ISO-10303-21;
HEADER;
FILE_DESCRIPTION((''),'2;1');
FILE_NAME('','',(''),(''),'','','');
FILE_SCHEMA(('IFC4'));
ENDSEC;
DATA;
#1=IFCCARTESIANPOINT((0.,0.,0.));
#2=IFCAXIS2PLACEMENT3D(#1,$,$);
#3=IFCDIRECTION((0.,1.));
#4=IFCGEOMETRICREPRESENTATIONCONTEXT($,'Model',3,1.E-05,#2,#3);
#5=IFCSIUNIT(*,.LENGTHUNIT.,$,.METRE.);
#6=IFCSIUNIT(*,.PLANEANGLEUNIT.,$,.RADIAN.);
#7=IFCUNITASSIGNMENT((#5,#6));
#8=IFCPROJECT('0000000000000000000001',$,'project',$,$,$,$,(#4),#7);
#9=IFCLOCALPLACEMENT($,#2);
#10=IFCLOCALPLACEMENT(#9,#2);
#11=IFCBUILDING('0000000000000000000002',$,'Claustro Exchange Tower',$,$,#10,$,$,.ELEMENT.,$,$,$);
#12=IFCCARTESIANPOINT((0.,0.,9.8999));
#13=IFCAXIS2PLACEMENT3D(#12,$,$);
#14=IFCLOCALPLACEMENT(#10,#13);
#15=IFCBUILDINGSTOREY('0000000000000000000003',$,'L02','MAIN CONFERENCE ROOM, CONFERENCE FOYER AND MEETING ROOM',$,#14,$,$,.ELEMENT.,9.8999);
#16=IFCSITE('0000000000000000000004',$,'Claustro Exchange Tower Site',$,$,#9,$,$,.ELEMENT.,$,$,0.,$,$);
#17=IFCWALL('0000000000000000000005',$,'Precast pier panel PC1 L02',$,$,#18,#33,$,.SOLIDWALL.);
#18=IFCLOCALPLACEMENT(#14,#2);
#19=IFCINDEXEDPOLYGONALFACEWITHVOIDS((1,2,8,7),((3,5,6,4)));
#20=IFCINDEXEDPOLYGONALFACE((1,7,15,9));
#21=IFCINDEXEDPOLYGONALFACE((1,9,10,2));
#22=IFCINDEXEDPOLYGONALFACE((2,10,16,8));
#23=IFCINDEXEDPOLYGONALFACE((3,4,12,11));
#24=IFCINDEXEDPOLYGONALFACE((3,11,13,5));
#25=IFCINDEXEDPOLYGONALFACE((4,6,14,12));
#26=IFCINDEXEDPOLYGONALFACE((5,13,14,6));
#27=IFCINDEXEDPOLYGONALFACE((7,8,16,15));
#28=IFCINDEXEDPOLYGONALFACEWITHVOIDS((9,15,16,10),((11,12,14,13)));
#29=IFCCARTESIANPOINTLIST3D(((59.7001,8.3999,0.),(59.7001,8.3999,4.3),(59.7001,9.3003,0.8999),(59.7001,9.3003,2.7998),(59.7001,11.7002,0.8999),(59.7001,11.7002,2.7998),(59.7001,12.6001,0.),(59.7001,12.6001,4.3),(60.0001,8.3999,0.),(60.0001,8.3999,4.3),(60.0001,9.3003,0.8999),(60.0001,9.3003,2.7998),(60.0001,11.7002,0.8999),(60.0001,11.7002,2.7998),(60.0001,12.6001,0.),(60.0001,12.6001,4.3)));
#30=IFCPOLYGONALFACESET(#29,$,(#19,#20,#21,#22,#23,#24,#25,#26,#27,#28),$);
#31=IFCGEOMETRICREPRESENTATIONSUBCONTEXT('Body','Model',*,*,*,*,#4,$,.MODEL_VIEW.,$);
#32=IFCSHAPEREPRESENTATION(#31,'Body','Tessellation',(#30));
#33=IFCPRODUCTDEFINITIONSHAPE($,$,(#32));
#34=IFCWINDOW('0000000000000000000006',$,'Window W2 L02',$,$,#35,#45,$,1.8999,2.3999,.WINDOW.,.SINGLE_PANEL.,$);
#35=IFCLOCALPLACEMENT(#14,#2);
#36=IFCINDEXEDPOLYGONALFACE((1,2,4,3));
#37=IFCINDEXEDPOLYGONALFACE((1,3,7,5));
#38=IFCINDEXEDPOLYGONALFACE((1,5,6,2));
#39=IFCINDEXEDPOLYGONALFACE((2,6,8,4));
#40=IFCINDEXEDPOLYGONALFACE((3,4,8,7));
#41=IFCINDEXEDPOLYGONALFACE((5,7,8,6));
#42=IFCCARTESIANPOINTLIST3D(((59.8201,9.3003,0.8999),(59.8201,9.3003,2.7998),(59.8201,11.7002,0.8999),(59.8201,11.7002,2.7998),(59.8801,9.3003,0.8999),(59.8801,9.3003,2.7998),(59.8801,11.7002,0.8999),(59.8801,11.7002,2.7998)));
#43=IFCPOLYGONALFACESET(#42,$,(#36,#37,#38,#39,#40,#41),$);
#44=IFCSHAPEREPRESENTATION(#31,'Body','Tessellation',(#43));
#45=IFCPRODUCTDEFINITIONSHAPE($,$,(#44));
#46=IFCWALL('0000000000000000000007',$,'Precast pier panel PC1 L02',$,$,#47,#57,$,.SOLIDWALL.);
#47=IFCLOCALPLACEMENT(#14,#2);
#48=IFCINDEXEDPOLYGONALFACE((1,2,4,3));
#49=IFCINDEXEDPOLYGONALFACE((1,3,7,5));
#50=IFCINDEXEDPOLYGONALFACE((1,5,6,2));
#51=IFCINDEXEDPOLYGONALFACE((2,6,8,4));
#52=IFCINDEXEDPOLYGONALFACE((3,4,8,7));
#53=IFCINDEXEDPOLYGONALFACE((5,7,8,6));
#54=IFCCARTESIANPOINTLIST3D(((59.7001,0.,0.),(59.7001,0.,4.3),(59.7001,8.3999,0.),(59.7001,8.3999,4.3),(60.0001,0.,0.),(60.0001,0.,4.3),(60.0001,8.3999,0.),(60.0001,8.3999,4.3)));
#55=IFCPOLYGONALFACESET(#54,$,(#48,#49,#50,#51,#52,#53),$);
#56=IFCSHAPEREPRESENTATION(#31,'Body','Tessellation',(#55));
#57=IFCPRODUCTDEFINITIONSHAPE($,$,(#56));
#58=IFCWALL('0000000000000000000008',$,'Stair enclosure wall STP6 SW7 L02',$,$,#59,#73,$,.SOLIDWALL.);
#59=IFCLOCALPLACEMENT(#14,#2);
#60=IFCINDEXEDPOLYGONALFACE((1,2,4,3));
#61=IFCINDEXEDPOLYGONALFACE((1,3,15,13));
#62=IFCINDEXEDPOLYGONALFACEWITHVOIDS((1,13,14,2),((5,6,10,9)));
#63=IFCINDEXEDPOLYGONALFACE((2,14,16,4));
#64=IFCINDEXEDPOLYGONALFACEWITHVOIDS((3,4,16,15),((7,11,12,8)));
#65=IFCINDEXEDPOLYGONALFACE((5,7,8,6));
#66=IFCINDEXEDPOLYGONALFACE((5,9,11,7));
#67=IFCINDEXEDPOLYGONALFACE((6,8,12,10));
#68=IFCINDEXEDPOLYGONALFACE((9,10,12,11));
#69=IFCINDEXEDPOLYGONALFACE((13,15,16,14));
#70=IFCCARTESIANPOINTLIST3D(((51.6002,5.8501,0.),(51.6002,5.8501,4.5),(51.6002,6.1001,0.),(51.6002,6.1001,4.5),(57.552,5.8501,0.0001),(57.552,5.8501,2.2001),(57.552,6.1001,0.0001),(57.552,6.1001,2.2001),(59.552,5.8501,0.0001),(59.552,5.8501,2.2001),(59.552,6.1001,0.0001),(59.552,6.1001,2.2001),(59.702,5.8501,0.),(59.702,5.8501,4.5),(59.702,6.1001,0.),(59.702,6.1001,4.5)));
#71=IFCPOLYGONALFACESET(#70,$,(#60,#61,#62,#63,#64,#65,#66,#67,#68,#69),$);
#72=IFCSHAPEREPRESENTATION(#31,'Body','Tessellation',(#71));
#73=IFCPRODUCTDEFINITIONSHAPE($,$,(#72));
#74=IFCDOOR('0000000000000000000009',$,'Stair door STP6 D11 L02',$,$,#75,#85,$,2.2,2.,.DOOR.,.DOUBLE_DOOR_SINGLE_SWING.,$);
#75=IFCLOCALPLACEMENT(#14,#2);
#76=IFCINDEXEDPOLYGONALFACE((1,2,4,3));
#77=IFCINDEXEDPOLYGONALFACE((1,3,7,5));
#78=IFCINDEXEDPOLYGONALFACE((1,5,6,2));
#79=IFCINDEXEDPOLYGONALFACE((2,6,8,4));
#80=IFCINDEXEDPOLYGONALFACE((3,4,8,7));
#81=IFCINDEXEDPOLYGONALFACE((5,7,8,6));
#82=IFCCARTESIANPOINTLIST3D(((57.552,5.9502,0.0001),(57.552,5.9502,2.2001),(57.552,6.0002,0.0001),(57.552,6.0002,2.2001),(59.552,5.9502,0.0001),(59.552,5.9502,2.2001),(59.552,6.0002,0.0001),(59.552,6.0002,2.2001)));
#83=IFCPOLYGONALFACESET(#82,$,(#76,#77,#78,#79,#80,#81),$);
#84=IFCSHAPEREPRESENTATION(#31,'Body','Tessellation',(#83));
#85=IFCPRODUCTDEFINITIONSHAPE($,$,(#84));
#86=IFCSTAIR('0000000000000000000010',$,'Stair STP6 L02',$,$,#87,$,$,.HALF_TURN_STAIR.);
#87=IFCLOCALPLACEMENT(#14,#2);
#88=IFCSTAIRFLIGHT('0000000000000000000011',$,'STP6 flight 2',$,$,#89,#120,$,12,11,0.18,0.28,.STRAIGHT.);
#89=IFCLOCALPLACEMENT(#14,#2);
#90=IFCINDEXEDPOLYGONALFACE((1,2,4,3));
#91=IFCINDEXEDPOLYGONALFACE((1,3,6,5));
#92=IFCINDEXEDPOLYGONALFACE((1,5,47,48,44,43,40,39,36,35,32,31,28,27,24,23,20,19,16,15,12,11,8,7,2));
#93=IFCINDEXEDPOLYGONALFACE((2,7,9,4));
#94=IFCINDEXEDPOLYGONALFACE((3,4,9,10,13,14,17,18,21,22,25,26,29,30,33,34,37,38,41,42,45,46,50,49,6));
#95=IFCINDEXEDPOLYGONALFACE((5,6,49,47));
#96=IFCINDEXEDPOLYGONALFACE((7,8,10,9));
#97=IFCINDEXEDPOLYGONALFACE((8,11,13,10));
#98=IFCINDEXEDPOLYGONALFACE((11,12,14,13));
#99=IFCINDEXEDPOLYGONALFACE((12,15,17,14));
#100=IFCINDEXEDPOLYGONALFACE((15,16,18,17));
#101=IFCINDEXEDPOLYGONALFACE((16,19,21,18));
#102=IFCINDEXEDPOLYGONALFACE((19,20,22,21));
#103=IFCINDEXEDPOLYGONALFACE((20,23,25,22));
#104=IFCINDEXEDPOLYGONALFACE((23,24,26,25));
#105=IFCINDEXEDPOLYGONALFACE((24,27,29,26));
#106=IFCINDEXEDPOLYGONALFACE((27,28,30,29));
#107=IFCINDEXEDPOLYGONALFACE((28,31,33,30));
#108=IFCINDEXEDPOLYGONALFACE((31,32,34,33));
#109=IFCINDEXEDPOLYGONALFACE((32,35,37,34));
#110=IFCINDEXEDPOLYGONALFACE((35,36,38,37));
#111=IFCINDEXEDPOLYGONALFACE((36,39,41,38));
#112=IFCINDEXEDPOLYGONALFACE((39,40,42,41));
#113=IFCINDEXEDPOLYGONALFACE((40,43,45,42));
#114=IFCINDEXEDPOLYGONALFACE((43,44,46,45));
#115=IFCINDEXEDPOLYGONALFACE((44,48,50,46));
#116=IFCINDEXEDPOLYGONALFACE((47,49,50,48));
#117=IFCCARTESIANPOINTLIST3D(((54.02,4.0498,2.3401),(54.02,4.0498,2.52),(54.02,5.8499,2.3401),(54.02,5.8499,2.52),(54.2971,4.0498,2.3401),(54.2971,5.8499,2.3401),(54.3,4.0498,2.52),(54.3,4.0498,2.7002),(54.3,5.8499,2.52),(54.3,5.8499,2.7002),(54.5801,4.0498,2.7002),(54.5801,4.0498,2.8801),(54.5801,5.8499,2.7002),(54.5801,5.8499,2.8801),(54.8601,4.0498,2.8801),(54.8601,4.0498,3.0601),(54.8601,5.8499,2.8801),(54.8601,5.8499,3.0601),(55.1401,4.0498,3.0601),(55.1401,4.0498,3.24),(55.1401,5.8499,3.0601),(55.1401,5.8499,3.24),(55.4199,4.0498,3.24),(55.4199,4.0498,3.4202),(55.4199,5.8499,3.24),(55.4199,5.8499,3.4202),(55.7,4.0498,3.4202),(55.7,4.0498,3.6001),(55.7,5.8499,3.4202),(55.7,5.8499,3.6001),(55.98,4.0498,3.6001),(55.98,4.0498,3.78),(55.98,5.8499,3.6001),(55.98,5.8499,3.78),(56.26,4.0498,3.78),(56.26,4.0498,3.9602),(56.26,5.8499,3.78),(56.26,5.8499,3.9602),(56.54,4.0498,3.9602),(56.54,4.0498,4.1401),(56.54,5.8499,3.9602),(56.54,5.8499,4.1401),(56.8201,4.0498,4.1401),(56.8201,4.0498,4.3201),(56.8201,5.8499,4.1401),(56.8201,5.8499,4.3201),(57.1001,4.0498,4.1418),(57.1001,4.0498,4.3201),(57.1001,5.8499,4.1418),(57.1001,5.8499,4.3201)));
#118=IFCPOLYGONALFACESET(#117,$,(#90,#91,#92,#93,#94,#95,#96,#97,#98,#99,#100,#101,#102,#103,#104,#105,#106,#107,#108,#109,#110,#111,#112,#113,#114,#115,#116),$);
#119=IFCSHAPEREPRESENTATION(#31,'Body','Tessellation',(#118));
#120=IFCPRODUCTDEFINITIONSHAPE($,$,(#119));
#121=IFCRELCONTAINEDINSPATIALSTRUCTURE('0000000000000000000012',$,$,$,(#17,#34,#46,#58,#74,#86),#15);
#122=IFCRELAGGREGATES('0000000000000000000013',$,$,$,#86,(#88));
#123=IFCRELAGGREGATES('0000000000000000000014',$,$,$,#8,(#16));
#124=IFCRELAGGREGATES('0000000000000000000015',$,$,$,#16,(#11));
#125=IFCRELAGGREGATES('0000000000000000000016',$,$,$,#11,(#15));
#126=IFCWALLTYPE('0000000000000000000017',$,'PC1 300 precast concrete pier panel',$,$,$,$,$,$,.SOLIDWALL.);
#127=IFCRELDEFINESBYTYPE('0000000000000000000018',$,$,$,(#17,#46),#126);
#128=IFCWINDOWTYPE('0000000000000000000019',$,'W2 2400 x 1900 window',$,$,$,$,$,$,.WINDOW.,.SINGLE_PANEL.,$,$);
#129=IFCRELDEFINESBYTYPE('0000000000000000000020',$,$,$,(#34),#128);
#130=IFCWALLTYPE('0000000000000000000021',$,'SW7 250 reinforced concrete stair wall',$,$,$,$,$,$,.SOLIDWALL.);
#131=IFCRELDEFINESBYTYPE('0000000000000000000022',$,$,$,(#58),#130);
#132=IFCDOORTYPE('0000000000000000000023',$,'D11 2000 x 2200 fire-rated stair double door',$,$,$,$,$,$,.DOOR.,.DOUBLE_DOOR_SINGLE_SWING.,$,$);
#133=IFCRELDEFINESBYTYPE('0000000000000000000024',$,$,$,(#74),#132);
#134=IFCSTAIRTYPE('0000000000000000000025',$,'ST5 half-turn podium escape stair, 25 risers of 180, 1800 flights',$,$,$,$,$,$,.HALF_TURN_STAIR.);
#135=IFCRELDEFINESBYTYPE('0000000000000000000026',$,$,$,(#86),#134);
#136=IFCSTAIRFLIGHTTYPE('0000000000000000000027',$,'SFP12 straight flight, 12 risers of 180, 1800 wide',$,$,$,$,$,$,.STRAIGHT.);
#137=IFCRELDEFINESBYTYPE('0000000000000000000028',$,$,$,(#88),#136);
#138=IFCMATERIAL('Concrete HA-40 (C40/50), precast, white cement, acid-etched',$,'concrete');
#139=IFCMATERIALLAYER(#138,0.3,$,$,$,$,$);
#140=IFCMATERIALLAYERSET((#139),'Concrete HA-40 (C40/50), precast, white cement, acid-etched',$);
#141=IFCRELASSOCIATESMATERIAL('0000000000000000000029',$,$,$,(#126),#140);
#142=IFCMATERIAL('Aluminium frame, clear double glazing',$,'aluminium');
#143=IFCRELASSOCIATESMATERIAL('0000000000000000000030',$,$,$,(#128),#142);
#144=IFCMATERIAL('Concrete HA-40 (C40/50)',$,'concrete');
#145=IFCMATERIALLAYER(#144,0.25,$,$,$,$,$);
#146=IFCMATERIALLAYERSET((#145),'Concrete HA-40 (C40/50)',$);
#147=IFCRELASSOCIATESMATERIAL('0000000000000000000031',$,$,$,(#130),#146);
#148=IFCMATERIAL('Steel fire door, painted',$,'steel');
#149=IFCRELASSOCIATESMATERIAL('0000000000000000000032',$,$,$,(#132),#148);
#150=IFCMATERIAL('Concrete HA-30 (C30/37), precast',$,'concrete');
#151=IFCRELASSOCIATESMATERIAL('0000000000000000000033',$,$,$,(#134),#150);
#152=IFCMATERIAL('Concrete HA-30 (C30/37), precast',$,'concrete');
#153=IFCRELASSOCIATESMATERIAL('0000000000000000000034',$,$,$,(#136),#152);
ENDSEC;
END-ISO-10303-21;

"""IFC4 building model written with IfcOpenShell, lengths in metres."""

from ifc_helpers import new_model, si_unit, direction, frame, frame_2d, origin, place, context, subcontext, project, spatial, polyline, rectangle, outline, extrude, material, layer, layer_set, type_object, element, fill, aggregate, save


model = new_model("IFC4")

# Units and contexts
model_context = context("Model", 3, precision=1e-05, world=origin(), true_north=direction((0.0, 1.0)))
body_context = subcontext(model_context, "Body", "Model", "MODEL_VIEW")
ifc_project = project(units=[si_unit("LENGTHUNIT", "METRE"), si_unit("PLANEANGLEUNIT", "RADIAN")], contexts=[model_context])

# Site, building, storey
site_placement = place(None, origin())
site = spatial("IfcSite", under=ifc_project, at=site_placement, Name="Claustro Exchange Tower Site", CompositionType="ELEMENT", RefElevation=0.0)
building_placement = place(site_placement, origin())
building = spatial("IfcBuilding", under=site, at=building_placement, Name="Claustro Exchange Tower", CompositionType="ELEMENT")
storey_placement = place(building_placement, frame((0.0, 0.0, 9.8999)))
storey = spatial("IfcBuildingStorey", under=building, at=storey_placement, Name="L02", Description="MAIN CONFERENCE ROOM, CONFERENCE FOYER AND MEETING ROOM", CompositionType="ELEMENT", Elevation=9.8999)

# Wall, opening, window
ifc_material_1 = material(Name="Concrete HA-40 (C40/50), precast, white cement, acid-etched", Category="concrete")
ifc_layer_1 = layer(ifc_material_1, 0.3)
ifc_layer_set_1 = layer_set([ifc_layer_1], Name="Concrete HA-40 (C40/50), precast, white cement, acid-etched")
wall_type_1 = type_object("IfcWallType", Name="PC1 300 precast concrete pier panel", PredefinedType="SOLIDWALL", material=ifc_layer_set_1)
wall_1_placement = place(storey_placement, frame((59.8501, 12.6001, 0.0), z_axis=(0.0, 0.0, 1.0), x_axis=(0.0, -1.0, 0.0)))
wall_1 = element("IfcWall", 1, at=wall_1_placement, inside=storey, type_object=wall_type_1, Name="Precast pier panel PC1 L02", PredefinedType="SOLIDWALL", context=body_context, shape_type="SweptSolid", body=[
    extrude(rectangle(XDim=4.2002, YDim=0.3, at=frame_2d((2.1001, 0.0))), origin(), (0.0, 0.0, 1.0), 4.3),
])
opening_1_placement = place(wall_1_placement, frame((0.8999, 0.0, 0.8999)))
opening_1 = element("IfcOpeningElement", 2, at=opening_1_placement, cuts=wall_1, PredefinedType="OPENING", context=body_context, shape_type="SweptSolid", body=[
    extrude(rectangle(XDim=2.3999, YDim=1.8999, at=frame_2d((1.2, 0.95))), frame((0.0, 0.1599, 0.0), z_axis=(0.0, -1.0, 0.0), x_axis=(1.0, 0.0, 0.0)), (0.0, 0.0, 1.0), 0.3201),
])
ifc_material_2 = material(Name="Aluminium frame, clear double glazing", Category="aluminium")
window_type = type_object("IfcWindowType", Name="W2 2400 x 1900 window", PartitioningType="SINGLE_PANEL", PredefinedType="WINDOW", material=ifc_material_2)
window_placement = place(opening_1_placement, origin())
window = element("IfcWindow", 3, at=window_placement, inside=storey, type_object=window_type, Name="Window W2 L02", OverallHeight=1.8999, OverallWidth=2.3999, PartitioningType="SINGLE_PANEL", PredefinedType="WINDOW", context=body_context, shape_type="SweptSolid", body=[
    extrude(rectangle(XDim=2.3999, YDim=1.8999, at=frame_2d((1.2, 0.95))), frame((0.0, 0.03, 0.0), z_axis=(0.0, -1.0, 0.0), x_axis=(1.0, 0.0, 0.0)), (0.0, 0.0, 1.0), 0.0601),
])
fill(opening_1, window)

# Wall
wall_2_placement = place(storey_placement, frame((59.8501, 8.3999, 0.0), z_axis=(0.0, 0.0, 1.0), x_axis=(0.0, -1.0, 0.0)))
element("IfcWall", 4, at=wall_2_placement, inside=storey, type_object=wall_type_1, Name="Precast pier panel PC1 L02", PredefinedType="SOLIDWALL", context=body_context, shape_type="SweptSolid", body=[
    extrude(rectangle(XDim=8.3999, YDim=0.3, at=frame_2d((4.2, 0.0))), origin(), (0.0, 0.0, 1.0), 4.3),
])

# Wall, opening, door
ifc_material_3 = material(Name="Concrete HA-40 (C40/50)", Category="concrete")
ifc_layer_2 = layer(ifc_material_3, 0.25)
ifc_layer_set_2 = layer_set([ifc_layer_2], Name="Concrete HA-40 (C40/50)")
wall_type_2 = type_object("IfcWallType", Name="SW7 250 reinforced concrete stair wall", PredefinedType="SOLIDWALL", material=ifc_layer_set_2)
wall_3_placement = place(storey_placement, frame((59.7019, 5.9751, 0.0), z_axis=(0.0, 0.0, 1.0), x_axis=(-1.0, 0.0, 0.0)))
wall_3 = element("IfcWall", 5, at=wall_3_placement, inside=storey, type_object=wall_type_2, Name="Stair enclosure wall STP6 SW7 L02", PredefinedType="SOLIDWALL", context=body_context, shape_type="SweptSolid", body=[
    extrude(rectangle(XDim=8.1018, YDim=0.25, at=frame_2d((4.0508, 0.0))), origin(), (0.0, 0.0, 1.0), 4.5),
])
opening_2_placement = place(wall_3_placement, frame((0.1499, 0.0, 0.0)))
opening_2 = element("IfcOpeningElement", 6, at=opening_2_placement, cuts=wall_3, PredefinedType="OPENING", context=body_context, shape_type="SweptSolid", body=[
    extrude(rectangle(XDim=2.0, YDim=2.2, at=frame_2d((1.0, 1.1001))), frame((0.0, 0.135, 0.0), z_axis=(0.0, -1.0, 0.0), x_axis=(1.0, 0.0, 0.0)), (0.0, 0.0, 1.0), 0.27),
])
ifc_material_4 = material(Name="Steel fire door, painted", Category="steel")
door_type = type_object("IfcDoorType", Name="D11 2000 x 2200 fire-rated stair double door", OperationType="DOUBLE_DOOR_SINGLE_SWING", PredefinedType="DOOR", material=ifc_material_4)
door_placement = place(opening_2_placement, origin())
door = element("IfcDoor", 7, at=door_placement, inside=storey, type_object=door_type, Name="Stair door STP6 D11 L02", OperationType="DOUBLE_DOOR_SINGLE_SWING", OverallHeight=2.2, OverallWidth=2.0, PredefinedType="DOOR", context=body_context, shape_type="SweptSolid", body=[
    extrude(rectangle(XDim=2.0, YDim=2.2, at=frame_2d((1.0, 1.1001))), frame((0.0, 0.0249, 0.0), z_axis=(0.0, -1.0, 0.0), x_axis=(1.0, 0.0, 0.0)), (0.0, 0.0, 1.0), 0.05),
])
fill(opening_2, door)

# Stair, stair flight
ifc_material_5 = material(Name="Concrete HA-30 (C30/37), precast", Category="concrete")
stair_type = type_object("IfcStairType", Name="ST5 half-turn podium escape stair, 25 risers of 180, 1800 flights", PredefinedType="HALF_TURN_STAIR", material=ifc_material_5)
stair_placement = place(storey_placement, origin())
stair = element("IfcStair", 8, at=stair_placement, inside=storey, type_object=stair_type, Name="Stair STP6 L02", PredefinedType="HALF_TURN_STAIR")
ifc_material_6 = material(Name="Concrete HA-30 (C30/37), precast", Category="concrete")
stair_flight_type = type_object("IfcStairFlightType", Name="SFP12 straight flight, 12 risers of 180, 1800 wide", PredefinedType="STRAIGHT", material=ifc_material_6)
stair_flight_placement = place(storey_placement, frame((54.02, 4.95, 2.3401), z_axis=(0.0, 0.0, 1.0), x_axis=(1.0, 0.0, 0.0)))
stair_flight = element("IfcStairFlight", 9, at=stair_flight_placement, type_object=stair_flight_type, Name="STP6 flight 2", NumberOfRisers=12, NumberOfTreads=11, PredefinedType="STRAIGHT", RiserHeight=0.18, TreadLength=0.28, context=body_context, shape_type="SweptSolid", body=[
    extrude(outline(polyline([(0.0, 0.0), (0.0, 0.1799), (0.28, 0.1799), (0.28, 0.3601), (0.5601, 0.3601), (0.5601, 0.54), (0.8401, 0.54), (0.8401, 0.72), (1.1201, 0.72), (1.1201, 0.8999), (1.3999, 0.8999), (1.3999, 1.0801), (1.6799, 1.0801), (1.6799, 1.26), (1.96, 1.26), (1.96, 1.4399), (2.24, 1.4399), (2.24, 1.6201), (2.52, 1.6201), (2.52, 1.8), (2.8, 1.8), (2.8, 1.98), (3.0801, 1.98), (3.0801, 2.1599), (3.0801, 1.8018), (0.2771, 0.0), (0.0, 0.0)])), frame((0.0, 0.8999, 0.0), z_axis=(0.0, -1.0, 0.0), x_axis=(1.0, 0.0, 0.0)), (0.0, 0.0, 1.0), 1.8),
])
aggregate(stair, [stair_flight])

save(model, "model.ifc")
